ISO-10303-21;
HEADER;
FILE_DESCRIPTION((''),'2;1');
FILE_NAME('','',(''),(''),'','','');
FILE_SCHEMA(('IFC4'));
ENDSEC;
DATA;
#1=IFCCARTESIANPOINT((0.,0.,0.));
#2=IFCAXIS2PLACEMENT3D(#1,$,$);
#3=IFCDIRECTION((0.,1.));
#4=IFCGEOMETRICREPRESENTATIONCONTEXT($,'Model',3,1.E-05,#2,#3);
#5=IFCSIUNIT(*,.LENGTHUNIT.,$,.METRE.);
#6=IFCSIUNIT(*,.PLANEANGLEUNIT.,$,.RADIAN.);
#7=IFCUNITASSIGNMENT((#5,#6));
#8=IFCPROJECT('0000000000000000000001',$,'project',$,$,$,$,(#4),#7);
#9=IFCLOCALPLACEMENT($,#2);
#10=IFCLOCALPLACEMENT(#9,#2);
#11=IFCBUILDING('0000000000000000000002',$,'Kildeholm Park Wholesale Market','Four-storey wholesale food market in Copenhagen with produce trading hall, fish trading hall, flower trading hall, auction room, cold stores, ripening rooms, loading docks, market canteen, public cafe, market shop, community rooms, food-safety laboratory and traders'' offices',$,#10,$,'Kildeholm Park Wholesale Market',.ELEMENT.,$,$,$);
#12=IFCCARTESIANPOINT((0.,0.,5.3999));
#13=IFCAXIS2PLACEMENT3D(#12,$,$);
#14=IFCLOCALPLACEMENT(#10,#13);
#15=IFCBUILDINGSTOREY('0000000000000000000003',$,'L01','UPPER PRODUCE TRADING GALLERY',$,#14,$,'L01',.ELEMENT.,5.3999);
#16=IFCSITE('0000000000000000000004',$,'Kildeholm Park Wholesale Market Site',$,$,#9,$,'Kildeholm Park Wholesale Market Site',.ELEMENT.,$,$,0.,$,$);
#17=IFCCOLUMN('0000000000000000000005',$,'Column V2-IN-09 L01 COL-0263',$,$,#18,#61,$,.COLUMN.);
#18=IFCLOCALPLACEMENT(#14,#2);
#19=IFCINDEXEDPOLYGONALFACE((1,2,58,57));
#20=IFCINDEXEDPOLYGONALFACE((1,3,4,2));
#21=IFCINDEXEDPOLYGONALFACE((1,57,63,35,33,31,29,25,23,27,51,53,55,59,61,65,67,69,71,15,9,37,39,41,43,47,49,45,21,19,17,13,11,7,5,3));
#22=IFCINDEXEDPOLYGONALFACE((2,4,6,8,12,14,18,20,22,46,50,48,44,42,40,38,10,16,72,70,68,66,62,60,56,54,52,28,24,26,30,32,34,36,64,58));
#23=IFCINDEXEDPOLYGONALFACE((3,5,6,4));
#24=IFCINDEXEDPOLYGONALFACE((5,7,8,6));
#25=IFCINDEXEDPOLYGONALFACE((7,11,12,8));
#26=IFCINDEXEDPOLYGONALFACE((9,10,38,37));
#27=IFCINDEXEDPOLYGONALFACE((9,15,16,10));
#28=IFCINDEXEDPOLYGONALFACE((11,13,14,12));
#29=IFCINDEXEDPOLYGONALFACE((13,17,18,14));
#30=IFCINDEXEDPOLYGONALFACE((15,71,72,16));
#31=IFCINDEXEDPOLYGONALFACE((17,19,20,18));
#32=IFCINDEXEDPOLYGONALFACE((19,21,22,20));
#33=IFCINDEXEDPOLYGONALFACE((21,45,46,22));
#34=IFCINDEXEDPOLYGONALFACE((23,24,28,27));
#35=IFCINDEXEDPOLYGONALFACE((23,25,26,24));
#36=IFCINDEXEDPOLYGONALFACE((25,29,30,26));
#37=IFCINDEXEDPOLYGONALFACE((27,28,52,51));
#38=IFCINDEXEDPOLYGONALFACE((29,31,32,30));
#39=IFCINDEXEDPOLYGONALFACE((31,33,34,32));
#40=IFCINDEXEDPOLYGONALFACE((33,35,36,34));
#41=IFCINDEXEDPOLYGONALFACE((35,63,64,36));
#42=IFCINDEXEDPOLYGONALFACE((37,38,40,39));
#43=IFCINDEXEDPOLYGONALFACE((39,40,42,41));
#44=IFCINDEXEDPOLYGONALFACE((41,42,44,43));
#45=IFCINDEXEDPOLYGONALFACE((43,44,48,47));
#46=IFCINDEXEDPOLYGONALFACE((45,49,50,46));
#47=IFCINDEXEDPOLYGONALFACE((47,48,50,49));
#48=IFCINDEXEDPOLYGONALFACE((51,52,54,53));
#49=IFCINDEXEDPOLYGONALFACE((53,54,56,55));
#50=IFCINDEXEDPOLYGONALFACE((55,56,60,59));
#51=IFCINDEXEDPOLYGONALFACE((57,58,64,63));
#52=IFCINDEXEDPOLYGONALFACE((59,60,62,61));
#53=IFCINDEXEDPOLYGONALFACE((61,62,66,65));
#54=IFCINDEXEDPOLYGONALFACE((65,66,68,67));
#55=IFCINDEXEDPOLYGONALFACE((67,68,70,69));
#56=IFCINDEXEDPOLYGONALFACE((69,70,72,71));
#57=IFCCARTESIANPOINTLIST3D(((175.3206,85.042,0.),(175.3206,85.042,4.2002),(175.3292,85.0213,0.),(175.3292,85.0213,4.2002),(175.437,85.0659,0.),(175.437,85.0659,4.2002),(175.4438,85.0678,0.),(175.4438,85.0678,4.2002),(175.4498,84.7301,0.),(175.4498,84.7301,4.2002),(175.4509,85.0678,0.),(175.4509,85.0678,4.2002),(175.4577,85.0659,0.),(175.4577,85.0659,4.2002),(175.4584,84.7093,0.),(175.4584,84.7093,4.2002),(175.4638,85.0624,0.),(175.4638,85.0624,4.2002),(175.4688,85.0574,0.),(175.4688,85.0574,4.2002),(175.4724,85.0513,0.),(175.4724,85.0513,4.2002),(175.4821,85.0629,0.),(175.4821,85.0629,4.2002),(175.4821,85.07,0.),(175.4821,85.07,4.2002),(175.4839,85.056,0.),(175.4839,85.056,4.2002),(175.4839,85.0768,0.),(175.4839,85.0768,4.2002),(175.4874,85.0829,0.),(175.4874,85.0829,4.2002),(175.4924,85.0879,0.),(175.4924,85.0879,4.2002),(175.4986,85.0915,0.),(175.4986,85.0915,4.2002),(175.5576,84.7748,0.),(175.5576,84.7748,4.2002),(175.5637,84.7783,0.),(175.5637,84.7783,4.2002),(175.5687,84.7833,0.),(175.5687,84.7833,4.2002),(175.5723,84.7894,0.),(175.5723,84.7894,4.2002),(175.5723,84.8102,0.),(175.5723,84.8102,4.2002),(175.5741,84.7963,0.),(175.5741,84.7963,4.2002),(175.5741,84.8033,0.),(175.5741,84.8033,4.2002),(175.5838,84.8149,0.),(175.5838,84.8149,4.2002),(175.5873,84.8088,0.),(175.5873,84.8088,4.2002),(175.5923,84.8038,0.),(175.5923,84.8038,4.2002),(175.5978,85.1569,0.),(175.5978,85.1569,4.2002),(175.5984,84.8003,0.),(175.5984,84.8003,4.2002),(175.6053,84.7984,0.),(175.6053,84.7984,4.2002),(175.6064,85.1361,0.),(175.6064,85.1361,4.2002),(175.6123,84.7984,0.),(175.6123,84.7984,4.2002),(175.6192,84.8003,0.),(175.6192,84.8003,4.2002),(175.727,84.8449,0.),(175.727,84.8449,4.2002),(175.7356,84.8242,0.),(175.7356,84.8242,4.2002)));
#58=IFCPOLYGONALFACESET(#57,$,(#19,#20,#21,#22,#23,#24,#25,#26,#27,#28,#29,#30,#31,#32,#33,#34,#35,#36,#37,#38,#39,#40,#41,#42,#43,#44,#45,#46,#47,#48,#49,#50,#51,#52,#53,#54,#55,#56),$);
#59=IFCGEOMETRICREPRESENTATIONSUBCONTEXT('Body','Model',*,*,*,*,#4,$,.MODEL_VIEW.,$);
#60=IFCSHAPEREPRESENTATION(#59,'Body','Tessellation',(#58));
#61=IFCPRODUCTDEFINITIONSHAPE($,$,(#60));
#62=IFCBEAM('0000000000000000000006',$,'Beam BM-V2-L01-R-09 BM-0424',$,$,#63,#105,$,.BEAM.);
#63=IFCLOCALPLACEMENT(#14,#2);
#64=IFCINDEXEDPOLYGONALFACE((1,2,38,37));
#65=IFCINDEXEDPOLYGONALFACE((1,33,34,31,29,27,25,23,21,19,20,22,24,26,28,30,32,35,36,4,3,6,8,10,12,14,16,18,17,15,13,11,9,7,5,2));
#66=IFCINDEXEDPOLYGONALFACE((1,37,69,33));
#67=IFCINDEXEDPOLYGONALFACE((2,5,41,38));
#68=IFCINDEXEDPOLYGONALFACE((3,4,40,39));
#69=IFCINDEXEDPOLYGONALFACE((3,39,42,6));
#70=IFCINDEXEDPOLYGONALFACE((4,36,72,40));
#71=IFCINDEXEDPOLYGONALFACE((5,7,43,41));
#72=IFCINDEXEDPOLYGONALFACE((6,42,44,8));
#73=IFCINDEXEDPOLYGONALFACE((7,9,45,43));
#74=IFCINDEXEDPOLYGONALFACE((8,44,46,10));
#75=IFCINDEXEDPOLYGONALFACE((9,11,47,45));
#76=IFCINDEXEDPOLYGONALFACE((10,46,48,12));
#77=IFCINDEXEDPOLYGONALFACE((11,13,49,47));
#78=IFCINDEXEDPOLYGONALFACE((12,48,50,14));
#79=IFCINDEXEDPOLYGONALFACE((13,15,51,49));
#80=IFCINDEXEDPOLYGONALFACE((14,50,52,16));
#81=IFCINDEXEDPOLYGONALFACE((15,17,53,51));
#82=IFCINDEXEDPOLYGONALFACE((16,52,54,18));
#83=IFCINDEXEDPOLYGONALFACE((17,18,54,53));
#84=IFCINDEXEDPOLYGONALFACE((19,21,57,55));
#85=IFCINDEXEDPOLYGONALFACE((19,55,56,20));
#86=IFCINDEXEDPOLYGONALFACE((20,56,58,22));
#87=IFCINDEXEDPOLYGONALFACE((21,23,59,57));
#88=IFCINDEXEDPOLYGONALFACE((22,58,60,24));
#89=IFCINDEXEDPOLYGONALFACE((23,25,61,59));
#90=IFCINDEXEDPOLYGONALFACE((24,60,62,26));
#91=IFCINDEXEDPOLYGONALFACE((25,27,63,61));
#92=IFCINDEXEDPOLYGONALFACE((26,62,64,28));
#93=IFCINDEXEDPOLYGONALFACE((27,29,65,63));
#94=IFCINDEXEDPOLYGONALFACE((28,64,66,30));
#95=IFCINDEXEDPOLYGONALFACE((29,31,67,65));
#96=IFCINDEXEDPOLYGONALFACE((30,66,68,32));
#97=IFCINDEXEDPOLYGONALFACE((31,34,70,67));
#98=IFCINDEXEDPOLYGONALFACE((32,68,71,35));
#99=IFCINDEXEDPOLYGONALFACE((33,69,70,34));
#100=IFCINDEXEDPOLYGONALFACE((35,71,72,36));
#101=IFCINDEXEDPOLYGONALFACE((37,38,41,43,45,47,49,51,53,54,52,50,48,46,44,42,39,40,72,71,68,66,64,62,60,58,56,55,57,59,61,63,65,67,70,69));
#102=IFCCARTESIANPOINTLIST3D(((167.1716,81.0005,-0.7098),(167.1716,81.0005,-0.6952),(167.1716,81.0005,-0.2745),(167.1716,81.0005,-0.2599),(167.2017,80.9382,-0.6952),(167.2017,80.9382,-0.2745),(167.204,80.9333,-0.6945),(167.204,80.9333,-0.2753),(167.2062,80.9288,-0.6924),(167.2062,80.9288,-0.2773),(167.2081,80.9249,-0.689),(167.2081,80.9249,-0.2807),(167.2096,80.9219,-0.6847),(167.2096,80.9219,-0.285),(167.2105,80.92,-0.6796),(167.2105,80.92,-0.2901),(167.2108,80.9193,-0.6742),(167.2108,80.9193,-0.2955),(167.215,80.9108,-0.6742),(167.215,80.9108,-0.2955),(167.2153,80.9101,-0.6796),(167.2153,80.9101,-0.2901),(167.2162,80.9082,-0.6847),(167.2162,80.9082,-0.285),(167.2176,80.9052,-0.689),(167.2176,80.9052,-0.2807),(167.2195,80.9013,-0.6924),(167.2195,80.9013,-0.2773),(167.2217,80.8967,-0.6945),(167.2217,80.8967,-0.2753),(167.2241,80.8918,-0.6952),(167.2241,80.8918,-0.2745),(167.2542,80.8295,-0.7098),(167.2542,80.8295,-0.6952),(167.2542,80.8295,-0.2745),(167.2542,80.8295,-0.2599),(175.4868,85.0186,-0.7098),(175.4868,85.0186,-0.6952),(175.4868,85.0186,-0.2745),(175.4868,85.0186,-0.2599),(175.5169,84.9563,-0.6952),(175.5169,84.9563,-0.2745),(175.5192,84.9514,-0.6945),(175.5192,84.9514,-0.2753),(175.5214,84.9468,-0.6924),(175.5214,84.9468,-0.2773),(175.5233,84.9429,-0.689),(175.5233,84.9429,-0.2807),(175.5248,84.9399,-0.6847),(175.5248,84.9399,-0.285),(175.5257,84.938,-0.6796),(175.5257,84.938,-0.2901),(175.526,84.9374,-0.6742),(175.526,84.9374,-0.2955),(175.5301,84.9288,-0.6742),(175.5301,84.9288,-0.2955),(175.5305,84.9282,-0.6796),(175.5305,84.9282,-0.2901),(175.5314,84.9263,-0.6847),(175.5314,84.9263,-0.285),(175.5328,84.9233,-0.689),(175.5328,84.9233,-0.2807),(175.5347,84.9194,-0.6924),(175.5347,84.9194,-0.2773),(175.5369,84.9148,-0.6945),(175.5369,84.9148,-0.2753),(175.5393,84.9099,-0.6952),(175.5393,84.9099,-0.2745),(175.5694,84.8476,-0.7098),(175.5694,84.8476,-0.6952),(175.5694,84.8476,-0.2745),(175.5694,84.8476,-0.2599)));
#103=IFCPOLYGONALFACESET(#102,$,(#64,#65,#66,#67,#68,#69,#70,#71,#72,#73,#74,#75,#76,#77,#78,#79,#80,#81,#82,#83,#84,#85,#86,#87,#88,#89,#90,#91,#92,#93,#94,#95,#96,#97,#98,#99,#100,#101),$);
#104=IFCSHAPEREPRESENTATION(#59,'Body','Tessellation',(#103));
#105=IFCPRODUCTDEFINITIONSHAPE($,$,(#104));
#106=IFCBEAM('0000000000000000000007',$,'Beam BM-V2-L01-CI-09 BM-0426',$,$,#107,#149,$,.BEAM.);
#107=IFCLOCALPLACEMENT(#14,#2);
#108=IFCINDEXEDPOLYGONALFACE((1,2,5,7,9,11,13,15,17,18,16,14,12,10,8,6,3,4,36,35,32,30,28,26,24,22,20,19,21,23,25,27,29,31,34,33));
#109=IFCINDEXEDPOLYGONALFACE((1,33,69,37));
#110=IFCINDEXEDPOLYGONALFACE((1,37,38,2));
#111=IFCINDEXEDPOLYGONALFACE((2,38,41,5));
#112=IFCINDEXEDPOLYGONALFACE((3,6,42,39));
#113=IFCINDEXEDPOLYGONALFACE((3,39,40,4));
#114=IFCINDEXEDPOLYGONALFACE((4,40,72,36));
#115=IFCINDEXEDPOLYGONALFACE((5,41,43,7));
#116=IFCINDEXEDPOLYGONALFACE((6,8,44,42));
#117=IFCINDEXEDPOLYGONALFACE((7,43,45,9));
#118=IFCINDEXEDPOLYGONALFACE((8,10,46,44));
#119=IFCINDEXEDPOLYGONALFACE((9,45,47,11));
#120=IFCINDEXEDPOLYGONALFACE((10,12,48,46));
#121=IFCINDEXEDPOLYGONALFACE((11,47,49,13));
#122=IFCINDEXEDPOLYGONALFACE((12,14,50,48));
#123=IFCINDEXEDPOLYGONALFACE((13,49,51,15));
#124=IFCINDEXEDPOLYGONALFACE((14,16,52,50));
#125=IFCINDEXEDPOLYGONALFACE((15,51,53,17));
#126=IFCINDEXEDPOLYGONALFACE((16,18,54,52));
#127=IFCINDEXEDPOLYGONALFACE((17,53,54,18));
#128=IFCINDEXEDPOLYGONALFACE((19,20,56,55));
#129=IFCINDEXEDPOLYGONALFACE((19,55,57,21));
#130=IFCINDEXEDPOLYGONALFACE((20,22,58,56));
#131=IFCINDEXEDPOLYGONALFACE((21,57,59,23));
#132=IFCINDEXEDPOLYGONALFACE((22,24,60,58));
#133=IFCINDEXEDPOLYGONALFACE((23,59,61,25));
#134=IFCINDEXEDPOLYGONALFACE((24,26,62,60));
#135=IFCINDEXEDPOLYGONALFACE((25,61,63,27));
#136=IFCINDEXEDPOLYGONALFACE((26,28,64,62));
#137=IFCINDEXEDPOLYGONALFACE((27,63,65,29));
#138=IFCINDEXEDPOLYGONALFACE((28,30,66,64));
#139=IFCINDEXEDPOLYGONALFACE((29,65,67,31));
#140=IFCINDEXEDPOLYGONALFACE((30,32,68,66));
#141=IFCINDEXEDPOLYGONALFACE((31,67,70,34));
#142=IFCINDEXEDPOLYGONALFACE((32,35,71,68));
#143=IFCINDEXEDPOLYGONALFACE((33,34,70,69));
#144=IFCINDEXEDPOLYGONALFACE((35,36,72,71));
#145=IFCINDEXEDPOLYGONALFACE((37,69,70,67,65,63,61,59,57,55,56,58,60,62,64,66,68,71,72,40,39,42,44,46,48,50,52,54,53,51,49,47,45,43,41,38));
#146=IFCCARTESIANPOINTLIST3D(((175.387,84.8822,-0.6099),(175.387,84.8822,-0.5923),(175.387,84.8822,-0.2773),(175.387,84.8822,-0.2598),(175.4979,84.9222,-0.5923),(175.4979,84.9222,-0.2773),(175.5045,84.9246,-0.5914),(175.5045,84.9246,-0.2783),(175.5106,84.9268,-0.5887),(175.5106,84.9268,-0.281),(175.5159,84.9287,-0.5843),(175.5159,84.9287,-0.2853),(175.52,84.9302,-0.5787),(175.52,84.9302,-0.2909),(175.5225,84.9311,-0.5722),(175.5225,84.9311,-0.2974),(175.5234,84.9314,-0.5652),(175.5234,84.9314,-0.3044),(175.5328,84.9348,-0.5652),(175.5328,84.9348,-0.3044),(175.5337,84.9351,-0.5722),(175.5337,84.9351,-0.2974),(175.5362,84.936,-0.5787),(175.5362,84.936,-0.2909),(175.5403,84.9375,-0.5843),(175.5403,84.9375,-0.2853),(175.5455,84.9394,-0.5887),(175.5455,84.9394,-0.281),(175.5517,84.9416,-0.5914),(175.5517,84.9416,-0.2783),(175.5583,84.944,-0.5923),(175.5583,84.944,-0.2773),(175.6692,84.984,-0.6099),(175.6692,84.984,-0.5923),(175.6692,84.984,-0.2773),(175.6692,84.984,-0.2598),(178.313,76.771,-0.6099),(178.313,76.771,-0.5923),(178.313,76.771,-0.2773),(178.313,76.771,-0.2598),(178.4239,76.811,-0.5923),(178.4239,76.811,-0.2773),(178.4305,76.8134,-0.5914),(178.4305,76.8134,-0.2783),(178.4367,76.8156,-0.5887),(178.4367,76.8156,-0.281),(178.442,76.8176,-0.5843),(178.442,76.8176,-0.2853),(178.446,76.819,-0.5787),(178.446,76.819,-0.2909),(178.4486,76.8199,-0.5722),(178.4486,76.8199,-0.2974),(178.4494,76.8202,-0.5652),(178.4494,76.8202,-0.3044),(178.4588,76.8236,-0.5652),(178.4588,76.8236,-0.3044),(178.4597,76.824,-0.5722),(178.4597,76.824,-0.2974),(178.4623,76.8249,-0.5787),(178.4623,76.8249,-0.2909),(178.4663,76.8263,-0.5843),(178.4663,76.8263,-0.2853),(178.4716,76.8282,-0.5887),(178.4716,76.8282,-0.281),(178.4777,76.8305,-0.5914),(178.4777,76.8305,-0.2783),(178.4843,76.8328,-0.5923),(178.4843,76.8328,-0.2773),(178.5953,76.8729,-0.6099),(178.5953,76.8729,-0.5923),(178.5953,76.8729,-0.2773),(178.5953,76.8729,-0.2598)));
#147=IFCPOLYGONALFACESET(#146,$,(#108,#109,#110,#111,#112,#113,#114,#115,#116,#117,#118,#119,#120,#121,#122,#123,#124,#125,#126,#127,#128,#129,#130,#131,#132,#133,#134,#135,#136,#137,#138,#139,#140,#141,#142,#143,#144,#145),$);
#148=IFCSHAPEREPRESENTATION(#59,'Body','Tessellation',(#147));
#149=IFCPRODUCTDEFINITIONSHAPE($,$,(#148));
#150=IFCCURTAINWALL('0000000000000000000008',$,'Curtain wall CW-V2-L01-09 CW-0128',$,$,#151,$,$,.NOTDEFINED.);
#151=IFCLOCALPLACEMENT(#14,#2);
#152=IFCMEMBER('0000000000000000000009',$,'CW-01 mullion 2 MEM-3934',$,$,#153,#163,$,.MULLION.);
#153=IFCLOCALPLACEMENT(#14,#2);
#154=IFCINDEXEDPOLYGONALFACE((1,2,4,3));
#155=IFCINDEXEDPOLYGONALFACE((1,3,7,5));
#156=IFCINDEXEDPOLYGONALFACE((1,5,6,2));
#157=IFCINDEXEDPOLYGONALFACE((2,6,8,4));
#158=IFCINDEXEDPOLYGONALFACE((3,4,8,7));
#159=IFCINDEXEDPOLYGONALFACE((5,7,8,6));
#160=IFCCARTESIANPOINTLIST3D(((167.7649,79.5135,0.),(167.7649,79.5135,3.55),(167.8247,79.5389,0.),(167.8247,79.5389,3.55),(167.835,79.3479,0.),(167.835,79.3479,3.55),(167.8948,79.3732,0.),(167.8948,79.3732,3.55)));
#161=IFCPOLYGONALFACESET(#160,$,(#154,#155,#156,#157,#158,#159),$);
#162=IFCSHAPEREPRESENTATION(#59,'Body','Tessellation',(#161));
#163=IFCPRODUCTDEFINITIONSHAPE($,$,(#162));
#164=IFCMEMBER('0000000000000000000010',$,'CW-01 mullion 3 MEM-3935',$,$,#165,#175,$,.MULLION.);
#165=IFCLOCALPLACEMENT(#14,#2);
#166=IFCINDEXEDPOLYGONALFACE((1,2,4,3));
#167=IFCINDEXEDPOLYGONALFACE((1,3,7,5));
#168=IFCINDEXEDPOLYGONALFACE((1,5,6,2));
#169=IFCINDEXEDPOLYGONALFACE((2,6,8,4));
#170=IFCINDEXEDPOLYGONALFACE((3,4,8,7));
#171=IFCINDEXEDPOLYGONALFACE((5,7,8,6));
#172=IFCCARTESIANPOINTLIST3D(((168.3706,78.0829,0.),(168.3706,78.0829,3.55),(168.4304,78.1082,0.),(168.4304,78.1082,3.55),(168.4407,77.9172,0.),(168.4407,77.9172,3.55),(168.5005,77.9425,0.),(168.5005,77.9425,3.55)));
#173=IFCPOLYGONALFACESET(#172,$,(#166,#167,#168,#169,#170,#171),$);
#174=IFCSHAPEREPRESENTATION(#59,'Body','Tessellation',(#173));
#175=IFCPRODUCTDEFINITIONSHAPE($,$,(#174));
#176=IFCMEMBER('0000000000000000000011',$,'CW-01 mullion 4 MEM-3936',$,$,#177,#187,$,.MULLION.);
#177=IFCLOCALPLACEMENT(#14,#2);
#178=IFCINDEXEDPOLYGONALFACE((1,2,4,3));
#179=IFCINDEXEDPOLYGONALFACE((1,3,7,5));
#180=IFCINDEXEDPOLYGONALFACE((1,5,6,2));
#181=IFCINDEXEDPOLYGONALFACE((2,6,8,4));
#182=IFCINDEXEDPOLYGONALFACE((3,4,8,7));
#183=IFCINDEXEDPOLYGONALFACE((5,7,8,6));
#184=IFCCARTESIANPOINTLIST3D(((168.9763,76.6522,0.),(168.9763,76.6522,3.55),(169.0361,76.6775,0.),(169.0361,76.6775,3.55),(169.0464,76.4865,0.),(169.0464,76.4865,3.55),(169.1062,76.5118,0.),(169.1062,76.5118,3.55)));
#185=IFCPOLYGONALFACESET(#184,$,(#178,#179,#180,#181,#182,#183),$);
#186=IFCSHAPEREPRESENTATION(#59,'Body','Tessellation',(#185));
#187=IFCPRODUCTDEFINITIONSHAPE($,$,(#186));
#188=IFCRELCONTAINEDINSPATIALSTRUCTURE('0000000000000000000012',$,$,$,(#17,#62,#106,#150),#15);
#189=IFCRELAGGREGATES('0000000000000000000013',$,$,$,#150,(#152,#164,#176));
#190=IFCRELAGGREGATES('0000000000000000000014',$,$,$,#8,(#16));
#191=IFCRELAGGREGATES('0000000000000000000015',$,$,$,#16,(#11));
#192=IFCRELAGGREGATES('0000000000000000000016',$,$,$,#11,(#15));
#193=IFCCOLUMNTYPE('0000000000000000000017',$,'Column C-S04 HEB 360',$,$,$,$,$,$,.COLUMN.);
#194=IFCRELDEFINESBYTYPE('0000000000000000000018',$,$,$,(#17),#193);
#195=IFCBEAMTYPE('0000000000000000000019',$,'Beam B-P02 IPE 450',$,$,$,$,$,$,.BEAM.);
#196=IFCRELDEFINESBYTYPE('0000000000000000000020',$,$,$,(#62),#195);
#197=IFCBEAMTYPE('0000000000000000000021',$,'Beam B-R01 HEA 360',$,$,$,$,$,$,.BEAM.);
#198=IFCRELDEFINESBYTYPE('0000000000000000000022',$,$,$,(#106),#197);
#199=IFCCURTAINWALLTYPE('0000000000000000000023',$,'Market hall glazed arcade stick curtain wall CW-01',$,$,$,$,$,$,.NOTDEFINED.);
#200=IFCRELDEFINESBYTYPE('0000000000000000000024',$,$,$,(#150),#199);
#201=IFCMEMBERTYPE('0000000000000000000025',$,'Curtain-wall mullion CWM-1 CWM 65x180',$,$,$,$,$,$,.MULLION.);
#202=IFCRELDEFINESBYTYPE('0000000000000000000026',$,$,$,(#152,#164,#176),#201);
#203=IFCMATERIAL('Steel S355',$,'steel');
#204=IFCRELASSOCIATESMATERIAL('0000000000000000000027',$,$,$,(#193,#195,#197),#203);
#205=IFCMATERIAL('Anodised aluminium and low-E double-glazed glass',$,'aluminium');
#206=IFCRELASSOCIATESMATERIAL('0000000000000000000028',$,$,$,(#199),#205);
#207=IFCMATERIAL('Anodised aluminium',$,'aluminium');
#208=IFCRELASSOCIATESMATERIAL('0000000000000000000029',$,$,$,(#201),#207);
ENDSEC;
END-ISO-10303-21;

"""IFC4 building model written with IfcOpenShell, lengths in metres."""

from ifc_helpers import new_model, si_unit, direction, frame, origin, origin_2d, place, context, subcontext, project, spatial, rectangle, i_section, extrude, material, material_profile, profile_set, type_object, element, aggregate, save


model = new_model("IFC4")

# Units and contexts
model_context = context("Model", 3, precision=1e-05, world=origin(), true_north=direction((0.0, 1.0)))
body_context = subcontext(model_context, "Body", "Model", "MODEL_VIEW")
ifc_project = project(units=[si_unit("LENGTHUNIT", "METRE"), si_unit("PLANEANGLEUNIT", "RADIAN")], contexts=[model_context])

# Site, building, storey
site_placement = place(None, origin())
site = spatial("IfcSite", under=ifc_project, at=site_placement, Name="Kildeholm Park Wholesale Market Site", LongName="Kildeholm Park Wholesale Market Site", CompositionType="ELEMENT", RefElevation=0.0)
building_placement = place(site_placement, origin())
building = spatial("IfcBuilding", under=site, at=building_placement, Name="Kildeholm Park Wholesale Market", Description="Four-storey wholesale food market in Copenhagen with produce trading hall, fish trading hall, flower trading hall, auction room, cold stores, ripening rooms, loading docks, market canteen, public cafe, market shop, community rooms, food-safety laboratory and traders' offices", LongName="Kildeholm Park Wholesale Market", CompositionType="ELEMENT")
storey_placement = place(building_placement, frame((0.0, 0.0, 5.3999)))
storey = spatial("IfcBuildingStorey", under=building, at=storey_placement, Name="L01", Description="UPPER PRODUCE TRADING GALLERY", LongName="L01", CompositionType="ELEMENT", Elevation=5.3999)

# Column
ifc_material_1 = material(Name="Steel S355", Category="steel")
ifc_material_profile_1 = material_profile(ifc_material_1, i_section(OverallWidth=0.3, OverallDepth=0.3601, WebThickness=0.0125, FlangeThickness=0.0225, FilletRadius=0.0271, at=origin_2d()), Name="HEB 360")
ifc_profile_set_1 = profile_set([ifc_material_profile_1], Name="Steel S355")
column_type = type_object("IfcColumnType", Name="Column C-S04 HEB 360", PredefinedType="COLUMN", material=ifc_profile_set_1)
column_placement = place(storey_placement, frame((175.5281, 84.9331, 0.0), z_axis=(0.0, 0.0, 1.0), x_axis=(-0.92388, -0.382683, 0.0)))
element("IfcColumn", 1, at=column_placement, inside=storey, type_object=column_type, Name="Column V2-IN-09 L01 COL-0263", PredefinedType="COLUMN", context=body_context, shape_type="SweptSolid", body=[
    extrude(i_section(OverallWidth=0.3, OverallDepth=0.3601, WebThickness=0.0125, FlangeThickness=0.0225, FilletRadius=0.0271, at=origin_2d()), origin(), (0.0, 0.0, 1.0), 4.2002),
])

# Beams
ifc_material_profile_2 = material_profile(ifc_material_1, i_section(OverallWidth=0.1899, OverallDepth=0.45, WebThickness=0.0095, FlangeThickness=0.0146, FilletRadius=0.021, at=origin_2d()), Name="IPE 450")
ifc_profile_set_2 = profile_set([ifc_material_profile_2], Name="Steel S355")
beam_type_1 = type_object("IfcBeamType", Name="Beam B-P02 IPE 450", PredefinedType="BEAM", material=ifc_profile_set_2)
beam_1_placement = place(storey_placement, frame((175.5281, 84.9331, -0.4849), z_axis=(-0.900389, -0.435086, 0.0), x_axis=(0.435086, -0.900389, 0.0)))
element("IfcBeam", 2, at=beam_1_placement, inside=storey, type_object=beam_type_1, Name="Beam BM-V2-L01-R-09 BM-0424", PredefinedType="BEAM", context=body_context, shape_type="SweptSolid", body=[
    extrude(i_section(OverallWidth=0.1899, OverallDepth=0.45, WebThickness=0.0095, FlangeThickness=0.0146, FilletRadius=0.021, at=origin_2d()), origin(), (0.0, 0.0, 1.0), 9.2351),
])
ifc_material_profile_3 = material_profile(ifc_material_1, i_section(OverallWidth=0.3, OverallDepth=0.3501, WebThickness=0.01, FlangeThickness=0.0176, FilletRadius=0.0271, at=origin_2d()), Name="HEA 360")
ifc_profile_set_3 = profile_set([ifc_material_profile_3], Name="Steel S355")
beam_type_2 = type_object("IfcBeamType", Name="Beam B-R01 HEA 360", PredefinedType="BEAM", material=ifc_profile_set_3)
beam_2_placement = place(storey_placement, frame((175.5281, 84.9331, -0.4348), z_axis=(0.339339, -0.940664, 0.0), x_axis=(0.940664, 0.339339, 0.0)))
element("IfcBeam", 3, at=beam_2_placement, inside=storey, type_object=beam_type_2, Name="Beam BM-V2-L01-CI-09 BM-0426", PredefinedType="BEAM", context=body_context, shape_type="SweptSolid", body=[
    extrude(i_section(OverallWidth=0.3, OverallDepth=0.3501, WebThickness=0.01, FlangeThickness=0.0176, FilletRadius=0.0271, at=origin_2d()), origin(), (0.0, 0.0, 1.0), 8.6228),
])

# Curtain wall, members
ifc_material_2 = material(Name="Anodised aluminium and low-E double-glazed glass", Category="aluminium")
curtain_wall_type = type_object("IfcCurtainWallType", Name="Market hall glazed arcade stick curtain wall CW-01", PredefinedType="NOTDEFINED", material=ifc_material_2)
curtain_wall_placement = place(storey_placement, origin())
curtain_wall = element("IfcCurtainWall", 4, at=curtain_wall_placement, inside=storey, type_object=curtain_wall_type, Name="Curtain wall CW-V2-L01-09 CW-0128", PredefinedType="NOTDEFINED")
ifc_material_3 = material(Name="Anodised aluminium", Category="aluminium")
ifc_material_profile_4 = material_profile(ifc_material_3, rectangle(XDim=0.0649, YDim=0.1799, at=origin_2d()), Name="CWM 65x180")
ifc_profile_set_4 = profile_set([ifc_material_profile_4], Name="Anodised aluminium")
member_type_1 = type_object("IfcMemberType", Name="Curtain-wall mullion CWM-1 CWM 65x180", PredefinedType="MULLION", material=ifc_profile_set_4)
member_1_placement = place(storey_placement, frame((167.8298, 79.4434, 0.0), z_axis=(0.0, 0.0, 1.0), x_axis=(0.920855, 0.389905, 0.0)))
member_1 = element("IfcMember", 5, at=member_1_placement, type_object=member_type_1, Name="CW-01 mullion 2 MEM-3934", PredefinedType="MULLION", context=body_context, shape_type="SweptSolid", body=[
    extrude(rectangle(XDim=0.0649, YDim=0.1799, at=origin_2d()), origin(), (0.0, 0.0, 1.0), 3.55),
])
member_2_placement = place(storey_placement, frame((168.4355, 78.0127, 0.0), z_axis=(0.0, 0.0, 1.0), x_axis=(0.920855, 0.389905, 0.0)))
member_2 = element("IfcMember", 6, at=member_2_placement, type_object=member_type_1, Name="CW-01 mullion 3 MEM-3935", PredefinedType="MULLION", context=body_context, shape_type="SweptSolid", body=[
    extrude(rectangle(XDim=0.0649, YDim=0.1799, at=origin_2d()), origin(), (0.0, 0.0, 1.0), 3.55),
])
member_3_placement = place(storey_placement, frame((169.0413, 76.582, 0.0), z_axis=(0.0, 0.0, 1.0), x_axis=(0.920855, 0.389905, 0.0)))
member_3 = element("IfcMember", 7, at=member_3_placement, type_object=member_type_1, Name="CW-01 mullion 4 MEM-3936", PredefinedType="MULLION", context=body_context, shape_type="SweptSolid", body=[
    extrude(rectangle(XDim=0.0649, YDim=0.1799, at=origin_2d()), origin(), (0.0, 0.0, 1.0), 3.55),
])
aggregate(curtain_wall, [member_1, member_2, member_3])

save(model, "model.ifc")
